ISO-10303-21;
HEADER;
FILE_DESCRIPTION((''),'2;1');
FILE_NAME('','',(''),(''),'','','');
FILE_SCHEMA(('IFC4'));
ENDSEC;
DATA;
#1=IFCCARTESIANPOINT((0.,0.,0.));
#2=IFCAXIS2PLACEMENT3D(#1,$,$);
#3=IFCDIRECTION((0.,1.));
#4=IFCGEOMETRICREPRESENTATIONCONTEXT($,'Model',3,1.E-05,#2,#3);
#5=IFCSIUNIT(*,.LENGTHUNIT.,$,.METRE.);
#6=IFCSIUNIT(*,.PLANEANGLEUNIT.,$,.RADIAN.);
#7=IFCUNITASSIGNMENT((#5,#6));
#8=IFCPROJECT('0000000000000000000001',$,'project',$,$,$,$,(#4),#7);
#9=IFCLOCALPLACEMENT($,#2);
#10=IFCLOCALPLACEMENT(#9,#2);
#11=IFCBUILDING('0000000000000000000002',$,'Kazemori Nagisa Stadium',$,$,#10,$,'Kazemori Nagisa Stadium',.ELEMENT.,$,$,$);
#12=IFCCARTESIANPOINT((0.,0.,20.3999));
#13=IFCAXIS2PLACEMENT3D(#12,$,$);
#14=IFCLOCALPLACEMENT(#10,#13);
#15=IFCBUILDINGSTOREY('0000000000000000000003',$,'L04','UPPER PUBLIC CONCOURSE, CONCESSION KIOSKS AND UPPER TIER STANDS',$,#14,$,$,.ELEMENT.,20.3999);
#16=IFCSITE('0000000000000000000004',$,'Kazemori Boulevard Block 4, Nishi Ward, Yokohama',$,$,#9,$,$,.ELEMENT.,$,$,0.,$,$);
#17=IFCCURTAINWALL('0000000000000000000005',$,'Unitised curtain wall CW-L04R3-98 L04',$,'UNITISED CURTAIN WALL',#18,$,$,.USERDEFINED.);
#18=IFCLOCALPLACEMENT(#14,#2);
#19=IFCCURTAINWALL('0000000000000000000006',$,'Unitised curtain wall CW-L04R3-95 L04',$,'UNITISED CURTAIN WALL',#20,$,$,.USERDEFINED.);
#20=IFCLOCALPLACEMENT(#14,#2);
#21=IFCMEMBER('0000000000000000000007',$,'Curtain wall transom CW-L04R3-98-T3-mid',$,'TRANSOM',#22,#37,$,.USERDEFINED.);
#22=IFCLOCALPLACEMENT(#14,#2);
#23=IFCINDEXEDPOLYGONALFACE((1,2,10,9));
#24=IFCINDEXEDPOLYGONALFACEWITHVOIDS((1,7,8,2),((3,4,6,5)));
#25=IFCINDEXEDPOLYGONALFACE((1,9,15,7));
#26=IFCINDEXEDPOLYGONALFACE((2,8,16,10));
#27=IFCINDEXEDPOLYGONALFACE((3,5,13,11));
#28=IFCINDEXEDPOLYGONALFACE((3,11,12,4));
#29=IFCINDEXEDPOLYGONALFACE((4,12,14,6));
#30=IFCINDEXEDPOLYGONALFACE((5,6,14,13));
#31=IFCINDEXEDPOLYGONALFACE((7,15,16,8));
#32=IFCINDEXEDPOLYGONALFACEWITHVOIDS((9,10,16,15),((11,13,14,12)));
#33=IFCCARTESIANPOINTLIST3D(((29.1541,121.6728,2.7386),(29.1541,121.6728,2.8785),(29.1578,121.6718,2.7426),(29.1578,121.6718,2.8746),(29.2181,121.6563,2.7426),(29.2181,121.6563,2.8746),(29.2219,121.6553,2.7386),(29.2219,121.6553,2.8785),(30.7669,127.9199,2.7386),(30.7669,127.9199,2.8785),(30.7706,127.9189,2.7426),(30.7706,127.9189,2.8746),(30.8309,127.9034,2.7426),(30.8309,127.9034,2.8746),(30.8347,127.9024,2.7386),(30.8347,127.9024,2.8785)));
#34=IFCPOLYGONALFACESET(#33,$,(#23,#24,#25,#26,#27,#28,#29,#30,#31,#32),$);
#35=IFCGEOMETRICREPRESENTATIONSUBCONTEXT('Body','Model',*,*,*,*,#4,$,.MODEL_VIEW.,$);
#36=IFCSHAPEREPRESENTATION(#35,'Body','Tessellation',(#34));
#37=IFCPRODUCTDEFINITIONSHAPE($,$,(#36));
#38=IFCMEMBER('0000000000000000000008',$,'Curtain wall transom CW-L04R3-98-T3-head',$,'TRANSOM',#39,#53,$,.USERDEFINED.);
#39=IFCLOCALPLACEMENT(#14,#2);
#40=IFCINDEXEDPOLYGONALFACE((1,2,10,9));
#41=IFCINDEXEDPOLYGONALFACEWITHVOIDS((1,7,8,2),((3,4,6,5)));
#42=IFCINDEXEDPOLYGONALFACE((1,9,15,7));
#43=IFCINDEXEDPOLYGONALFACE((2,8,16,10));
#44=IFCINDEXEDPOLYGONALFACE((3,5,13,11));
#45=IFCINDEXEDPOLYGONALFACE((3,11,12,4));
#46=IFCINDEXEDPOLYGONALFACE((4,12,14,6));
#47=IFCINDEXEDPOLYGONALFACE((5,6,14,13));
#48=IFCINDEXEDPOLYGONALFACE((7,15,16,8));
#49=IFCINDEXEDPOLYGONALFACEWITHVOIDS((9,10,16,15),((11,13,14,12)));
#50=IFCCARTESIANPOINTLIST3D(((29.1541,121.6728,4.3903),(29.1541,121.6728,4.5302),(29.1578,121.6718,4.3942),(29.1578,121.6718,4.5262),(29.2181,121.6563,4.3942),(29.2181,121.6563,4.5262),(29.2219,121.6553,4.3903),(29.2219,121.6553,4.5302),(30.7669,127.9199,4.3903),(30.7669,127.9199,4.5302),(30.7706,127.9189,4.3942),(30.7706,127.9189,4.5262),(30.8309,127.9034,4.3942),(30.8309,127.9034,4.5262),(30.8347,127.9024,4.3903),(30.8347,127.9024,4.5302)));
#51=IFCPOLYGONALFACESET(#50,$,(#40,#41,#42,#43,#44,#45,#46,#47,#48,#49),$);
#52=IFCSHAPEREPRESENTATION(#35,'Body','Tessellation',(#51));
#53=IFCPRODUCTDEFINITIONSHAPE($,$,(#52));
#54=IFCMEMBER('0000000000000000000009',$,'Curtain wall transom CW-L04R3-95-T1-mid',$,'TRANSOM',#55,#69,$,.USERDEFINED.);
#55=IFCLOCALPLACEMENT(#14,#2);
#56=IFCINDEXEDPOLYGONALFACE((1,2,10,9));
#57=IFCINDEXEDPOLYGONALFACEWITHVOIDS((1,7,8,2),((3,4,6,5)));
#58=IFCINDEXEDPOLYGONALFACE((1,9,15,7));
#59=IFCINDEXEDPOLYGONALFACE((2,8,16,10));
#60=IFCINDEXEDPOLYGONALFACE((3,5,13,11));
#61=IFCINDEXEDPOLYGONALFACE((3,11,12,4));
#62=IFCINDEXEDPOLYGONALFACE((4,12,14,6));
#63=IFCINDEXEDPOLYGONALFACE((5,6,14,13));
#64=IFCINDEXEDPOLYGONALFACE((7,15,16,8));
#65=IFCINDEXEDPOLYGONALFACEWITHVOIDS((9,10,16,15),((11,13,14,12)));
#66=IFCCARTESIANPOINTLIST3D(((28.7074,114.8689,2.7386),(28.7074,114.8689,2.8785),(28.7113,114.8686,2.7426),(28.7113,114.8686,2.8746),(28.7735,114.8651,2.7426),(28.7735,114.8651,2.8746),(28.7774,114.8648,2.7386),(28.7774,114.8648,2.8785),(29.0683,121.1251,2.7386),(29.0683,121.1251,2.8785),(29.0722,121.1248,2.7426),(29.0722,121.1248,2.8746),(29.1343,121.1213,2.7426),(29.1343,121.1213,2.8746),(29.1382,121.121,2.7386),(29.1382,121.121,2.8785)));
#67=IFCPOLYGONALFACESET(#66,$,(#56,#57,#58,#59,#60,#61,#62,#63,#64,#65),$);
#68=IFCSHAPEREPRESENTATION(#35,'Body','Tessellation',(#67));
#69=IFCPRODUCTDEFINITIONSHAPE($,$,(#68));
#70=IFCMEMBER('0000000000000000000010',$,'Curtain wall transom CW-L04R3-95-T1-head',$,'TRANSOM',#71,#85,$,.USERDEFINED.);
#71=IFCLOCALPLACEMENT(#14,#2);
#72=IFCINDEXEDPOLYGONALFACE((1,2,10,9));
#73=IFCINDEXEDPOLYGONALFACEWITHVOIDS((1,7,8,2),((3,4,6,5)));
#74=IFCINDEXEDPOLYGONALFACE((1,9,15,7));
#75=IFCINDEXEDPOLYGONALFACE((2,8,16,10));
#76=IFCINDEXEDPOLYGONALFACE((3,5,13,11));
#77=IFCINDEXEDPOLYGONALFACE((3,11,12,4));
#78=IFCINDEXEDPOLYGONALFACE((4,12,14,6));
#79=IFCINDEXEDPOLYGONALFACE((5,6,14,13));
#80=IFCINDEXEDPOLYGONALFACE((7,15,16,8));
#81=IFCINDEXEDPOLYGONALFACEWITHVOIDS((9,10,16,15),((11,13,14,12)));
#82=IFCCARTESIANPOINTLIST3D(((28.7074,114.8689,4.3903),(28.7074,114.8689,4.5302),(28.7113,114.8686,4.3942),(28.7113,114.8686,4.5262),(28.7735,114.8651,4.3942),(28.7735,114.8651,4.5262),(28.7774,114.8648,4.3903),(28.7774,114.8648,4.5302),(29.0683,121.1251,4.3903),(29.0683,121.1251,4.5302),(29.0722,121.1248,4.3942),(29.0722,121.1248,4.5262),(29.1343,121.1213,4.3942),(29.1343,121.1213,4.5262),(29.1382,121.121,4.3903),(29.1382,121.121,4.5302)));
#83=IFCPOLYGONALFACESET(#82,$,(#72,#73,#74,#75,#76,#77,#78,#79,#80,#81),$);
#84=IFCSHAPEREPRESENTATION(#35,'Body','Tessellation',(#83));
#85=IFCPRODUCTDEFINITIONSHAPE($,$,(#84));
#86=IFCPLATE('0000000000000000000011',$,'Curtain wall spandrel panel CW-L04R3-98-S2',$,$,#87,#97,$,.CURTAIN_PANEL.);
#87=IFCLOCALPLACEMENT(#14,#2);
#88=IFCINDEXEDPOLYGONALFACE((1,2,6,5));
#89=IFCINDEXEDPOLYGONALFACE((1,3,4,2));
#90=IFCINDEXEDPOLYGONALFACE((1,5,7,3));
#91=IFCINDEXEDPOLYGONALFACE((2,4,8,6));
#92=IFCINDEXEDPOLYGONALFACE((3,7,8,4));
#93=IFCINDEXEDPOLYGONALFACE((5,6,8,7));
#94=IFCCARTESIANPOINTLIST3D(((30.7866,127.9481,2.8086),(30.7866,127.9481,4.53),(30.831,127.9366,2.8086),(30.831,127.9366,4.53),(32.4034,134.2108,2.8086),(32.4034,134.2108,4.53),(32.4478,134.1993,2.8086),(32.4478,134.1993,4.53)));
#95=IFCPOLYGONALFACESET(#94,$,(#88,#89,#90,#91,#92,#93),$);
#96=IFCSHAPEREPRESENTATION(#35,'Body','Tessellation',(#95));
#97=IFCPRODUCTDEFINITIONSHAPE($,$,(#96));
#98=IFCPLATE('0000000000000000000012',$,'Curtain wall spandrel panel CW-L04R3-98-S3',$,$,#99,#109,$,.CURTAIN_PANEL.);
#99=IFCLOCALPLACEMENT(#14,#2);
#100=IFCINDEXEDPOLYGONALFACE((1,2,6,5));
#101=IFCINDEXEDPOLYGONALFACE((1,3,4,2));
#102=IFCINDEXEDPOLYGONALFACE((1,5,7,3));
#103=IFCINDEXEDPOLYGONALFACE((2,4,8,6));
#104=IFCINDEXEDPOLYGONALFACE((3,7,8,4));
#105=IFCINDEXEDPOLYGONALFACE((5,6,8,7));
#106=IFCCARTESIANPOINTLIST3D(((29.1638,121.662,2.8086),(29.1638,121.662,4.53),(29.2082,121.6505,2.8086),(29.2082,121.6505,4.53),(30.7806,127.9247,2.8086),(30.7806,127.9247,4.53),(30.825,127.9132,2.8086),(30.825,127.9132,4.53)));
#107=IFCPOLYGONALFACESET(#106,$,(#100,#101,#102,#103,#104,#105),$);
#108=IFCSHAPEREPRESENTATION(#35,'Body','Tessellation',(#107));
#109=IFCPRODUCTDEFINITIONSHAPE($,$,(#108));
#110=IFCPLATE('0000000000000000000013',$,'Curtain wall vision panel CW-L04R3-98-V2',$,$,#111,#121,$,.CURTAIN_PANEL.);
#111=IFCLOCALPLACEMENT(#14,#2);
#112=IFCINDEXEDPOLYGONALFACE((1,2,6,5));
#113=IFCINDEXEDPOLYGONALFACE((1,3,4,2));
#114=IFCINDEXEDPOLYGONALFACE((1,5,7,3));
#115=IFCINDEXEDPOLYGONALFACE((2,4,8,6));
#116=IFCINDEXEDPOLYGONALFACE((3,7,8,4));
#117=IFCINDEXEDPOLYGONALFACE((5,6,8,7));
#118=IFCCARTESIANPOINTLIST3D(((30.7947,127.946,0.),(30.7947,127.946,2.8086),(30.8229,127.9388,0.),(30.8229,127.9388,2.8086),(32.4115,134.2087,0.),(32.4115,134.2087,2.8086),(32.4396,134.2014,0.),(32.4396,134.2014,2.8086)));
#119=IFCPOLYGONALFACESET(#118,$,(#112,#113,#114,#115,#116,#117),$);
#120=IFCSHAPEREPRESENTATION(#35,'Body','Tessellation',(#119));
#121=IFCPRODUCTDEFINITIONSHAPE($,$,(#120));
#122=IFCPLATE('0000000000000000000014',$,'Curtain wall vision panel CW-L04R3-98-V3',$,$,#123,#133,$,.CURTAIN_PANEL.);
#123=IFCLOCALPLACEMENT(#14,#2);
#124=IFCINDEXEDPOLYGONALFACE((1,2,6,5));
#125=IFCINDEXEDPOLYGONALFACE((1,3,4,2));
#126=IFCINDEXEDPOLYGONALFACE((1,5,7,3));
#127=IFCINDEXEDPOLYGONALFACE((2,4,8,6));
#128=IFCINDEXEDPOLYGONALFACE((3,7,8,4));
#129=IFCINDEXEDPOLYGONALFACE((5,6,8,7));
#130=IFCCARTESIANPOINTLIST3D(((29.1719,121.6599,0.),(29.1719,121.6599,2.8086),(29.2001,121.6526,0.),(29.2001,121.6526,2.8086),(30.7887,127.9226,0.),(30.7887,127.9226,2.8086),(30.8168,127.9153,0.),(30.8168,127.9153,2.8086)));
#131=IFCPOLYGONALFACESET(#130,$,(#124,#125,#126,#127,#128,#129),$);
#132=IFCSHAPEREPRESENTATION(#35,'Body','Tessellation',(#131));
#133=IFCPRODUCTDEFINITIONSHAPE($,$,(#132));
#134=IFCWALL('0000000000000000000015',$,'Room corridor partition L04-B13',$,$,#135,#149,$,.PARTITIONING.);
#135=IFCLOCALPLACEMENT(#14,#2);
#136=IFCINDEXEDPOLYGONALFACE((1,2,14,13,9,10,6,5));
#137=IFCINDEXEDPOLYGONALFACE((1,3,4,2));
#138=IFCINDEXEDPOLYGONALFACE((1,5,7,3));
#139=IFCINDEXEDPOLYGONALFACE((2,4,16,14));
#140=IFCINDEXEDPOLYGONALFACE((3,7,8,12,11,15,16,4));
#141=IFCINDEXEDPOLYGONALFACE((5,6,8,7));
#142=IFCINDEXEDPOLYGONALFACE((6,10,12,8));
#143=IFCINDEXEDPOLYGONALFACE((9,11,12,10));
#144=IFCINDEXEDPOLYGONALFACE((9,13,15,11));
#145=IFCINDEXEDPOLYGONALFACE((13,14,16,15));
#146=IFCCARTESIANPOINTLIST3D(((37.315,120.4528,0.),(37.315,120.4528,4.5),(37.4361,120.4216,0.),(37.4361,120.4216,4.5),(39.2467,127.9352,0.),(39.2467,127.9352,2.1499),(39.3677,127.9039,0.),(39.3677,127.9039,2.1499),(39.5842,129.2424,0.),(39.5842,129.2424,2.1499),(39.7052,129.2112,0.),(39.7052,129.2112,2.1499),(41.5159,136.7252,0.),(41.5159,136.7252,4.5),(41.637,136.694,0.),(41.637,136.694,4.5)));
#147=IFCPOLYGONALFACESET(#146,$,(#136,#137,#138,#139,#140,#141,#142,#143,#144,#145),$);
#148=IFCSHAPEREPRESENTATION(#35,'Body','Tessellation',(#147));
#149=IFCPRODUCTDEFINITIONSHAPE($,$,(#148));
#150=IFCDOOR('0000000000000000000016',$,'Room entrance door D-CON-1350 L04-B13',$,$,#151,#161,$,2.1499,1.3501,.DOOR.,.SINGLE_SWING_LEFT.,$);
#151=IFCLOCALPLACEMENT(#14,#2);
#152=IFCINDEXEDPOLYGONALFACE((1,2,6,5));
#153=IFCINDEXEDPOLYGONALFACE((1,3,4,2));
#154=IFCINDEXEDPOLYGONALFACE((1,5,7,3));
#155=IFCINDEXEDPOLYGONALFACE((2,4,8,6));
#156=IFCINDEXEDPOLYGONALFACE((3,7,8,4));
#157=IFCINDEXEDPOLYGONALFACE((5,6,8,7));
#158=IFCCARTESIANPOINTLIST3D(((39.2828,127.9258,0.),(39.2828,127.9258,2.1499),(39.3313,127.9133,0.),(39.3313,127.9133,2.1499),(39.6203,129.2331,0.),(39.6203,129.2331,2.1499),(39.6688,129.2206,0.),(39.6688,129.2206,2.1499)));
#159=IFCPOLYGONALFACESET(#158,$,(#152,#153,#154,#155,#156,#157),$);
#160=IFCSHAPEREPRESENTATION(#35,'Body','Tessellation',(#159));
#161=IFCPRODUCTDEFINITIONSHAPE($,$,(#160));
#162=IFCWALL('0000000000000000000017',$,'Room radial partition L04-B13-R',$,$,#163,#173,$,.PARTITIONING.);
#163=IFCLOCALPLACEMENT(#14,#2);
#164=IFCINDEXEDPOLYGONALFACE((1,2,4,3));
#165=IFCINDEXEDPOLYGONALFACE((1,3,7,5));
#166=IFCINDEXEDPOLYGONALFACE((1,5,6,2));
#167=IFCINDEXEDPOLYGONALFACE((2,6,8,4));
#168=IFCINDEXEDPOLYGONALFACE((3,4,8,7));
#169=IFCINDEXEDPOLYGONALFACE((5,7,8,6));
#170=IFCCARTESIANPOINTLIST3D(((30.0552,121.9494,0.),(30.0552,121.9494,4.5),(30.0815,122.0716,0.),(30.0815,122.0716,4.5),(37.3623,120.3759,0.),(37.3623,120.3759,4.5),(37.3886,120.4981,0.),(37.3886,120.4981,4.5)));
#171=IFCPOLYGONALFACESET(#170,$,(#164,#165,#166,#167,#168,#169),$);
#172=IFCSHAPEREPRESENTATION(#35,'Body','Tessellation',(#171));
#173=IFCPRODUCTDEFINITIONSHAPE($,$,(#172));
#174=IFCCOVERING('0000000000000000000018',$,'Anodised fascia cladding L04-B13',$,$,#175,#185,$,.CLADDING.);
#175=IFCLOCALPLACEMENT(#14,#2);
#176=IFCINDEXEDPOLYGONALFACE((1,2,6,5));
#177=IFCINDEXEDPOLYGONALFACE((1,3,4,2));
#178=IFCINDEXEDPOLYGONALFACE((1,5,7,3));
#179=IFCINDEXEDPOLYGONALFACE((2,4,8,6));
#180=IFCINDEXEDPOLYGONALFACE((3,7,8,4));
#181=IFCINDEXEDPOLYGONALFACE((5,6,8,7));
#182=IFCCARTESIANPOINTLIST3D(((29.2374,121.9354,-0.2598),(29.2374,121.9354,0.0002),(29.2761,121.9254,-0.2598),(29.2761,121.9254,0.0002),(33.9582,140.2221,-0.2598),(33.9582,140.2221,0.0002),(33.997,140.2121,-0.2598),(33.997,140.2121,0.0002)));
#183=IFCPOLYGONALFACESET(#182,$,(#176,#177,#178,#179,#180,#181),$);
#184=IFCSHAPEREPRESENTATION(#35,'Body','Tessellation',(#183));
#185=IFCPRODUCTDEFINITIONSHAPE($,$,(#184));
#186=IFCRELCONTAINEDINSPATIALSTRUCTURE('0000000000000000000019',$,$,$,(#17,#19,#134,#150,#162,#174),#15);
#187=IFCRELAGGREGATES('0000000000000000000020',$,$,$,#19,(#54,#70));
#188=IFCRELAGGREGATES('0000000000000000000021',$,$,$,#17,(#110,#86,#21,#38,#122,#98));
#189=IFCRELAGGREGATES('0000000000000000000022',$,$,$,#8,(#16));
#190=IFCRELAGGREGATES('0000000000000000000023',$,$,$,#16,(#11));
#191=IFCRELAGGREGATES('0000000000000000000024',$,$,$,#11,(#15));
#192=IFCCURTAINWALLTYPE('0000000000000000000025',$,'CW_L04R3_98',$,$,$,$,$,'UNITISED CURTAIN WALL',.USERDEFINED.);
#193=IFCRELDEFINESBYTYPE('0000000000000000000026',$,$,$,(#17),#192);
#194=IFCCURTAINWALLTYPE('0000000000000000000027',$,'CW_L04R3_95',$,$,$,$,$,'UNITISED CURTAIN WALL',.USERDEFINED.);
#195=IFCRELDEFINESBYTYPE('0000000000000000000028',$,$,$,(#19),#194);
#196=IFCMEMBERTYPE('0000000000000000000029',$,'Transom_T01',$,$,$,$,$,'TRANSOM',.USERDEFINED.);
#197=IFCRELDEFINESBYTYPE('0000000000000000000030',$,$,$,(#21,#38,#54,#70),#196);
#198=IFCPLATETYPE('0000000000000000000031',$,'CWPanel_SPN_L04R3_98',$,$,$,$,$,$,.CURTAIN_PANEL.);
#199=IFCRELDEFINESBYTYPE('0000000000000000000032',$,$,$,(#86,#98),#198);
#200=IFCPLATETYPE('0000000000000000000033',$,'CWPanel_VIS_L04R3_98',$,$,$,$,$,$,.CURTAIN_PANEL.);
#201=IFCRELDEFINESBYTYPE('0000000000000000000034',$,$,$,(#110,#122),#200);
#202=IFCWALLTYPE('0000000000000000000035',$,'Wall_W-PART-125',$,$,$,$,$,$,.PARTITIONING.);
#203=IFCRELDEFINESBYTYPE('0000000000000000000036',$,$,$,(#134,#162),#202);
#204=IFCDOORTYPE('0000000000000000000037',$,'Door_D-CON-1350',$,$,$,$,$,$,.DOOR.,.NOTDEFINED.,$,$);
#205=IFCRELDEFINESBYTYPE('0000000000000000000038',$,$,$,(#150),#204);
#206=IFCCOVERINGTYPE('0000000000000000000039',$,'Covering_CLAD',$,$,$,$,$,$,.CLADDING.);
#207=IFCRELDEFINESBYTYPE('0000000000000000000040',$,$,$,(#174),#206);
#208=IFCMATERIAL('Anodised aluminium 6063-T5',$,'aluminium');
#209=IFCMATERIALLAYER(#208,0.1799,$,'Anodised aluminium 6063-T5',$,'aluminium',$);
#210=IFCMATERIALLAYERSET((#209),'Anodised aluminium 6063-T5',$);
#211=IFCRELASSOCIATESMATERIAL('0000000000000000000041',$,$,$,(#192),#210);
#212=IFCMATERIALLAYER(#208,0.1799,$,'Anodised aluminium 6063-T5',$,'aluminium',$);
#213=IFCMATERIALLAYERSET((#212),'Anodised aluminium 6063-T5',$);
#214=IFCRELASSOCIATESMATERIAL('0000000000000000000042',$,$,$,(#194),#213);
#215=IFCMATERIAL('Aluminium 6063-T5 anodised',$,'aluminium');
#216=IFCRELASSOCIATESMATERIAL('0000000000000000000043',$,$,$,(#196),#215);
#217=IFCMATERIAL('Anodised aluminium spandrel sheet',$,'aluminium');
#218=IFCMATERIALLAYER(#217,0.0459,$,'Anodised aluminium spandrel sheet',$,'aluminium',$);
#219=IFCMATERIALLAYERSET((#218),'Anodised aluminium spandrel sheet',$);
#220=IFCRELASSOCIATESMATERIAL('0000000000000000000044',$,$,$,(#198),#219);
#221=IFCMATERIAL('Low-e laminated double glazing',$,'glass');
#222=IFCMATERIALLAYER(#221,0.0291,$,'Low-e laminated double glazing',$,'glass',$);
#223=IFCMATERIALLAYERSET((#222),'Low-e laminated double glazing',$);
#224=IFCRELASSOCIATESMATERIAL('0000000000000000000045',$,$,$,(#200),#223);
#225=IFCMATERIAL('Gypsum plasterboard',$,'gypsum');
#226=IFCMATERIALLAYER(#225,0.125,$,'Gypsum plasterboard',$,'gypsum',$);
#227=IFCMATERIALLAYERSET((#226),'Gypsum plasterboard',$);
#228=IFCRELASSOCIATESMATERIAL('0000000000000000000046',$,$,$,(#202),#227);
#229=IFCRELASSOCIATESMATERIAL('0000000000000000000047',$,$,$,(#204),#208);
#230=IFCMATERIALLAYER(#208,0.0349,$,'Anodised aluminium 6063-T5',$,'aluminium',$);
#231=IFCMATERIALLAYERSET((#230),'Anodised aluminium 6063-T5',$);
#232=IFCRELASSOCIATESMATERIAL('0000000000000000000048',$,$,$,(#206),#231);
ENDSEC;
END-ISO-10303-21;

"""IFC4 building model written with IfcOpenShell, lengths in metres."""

from ifc_helpers import new_model, si_unit, direction, frame, frame_2d, origin, origin_2d, place, context, subcontext, project, spatial, rectangle, hollow_rectangle, extrude, material, layer, layer_set, material_profile, profile_set, type_object, element, fill, aggregate, save


model = new_model("IFC4")

# Units and contexts
model_context = context("Model", 3, precision=1e-05, world=origin(), true_north=direction((0.0, 1.0)))
body_context = subcontext(model_context, "Body", "Model", "MODEL_VIEW")
ifc_project = project(units=[si_unit("LENGTHUNIT", "METRE"), si_unit("PLANEANGLEUNIT", "RADIAN")], contexts=[model_context])

# Site, building, storey
site_placement = place(None, origin())
site = spatial("IfcSite", under=ifc_project, at=site_placement, Name="Kazemori Boulevard Block 4, Nishi Ward, Yokohama", CompositionType="ELEMENT", RefElevation=0.0)
building_placement = place(site_placement, origin())
building = spatial("IfcBuilding", under=site, at=building_placement, Name="Kazemori Nagisa Stadium", LongName="Kazemori Nagisa Stadium", CompositionType="ELEMENT")
storey_placement = place(building_placement, frame((0.0, 0.0, 20.3999)))
storey = spatial("IfcBuildingStorey", under=building, at=storey_placement, Name="L04", Description="UPPER PUBLIC CONCOURSE, CONCESSION KIOSKS AND UPPER TIER STANDS", CompositionType="ELEMENT", Elevation=20.3999)

# Curtain wall
ifc_material_1 = material(Name="Anodised aluminium 6063-T5", Category="aluminium")
ifc_layer_1 = layer(ifc_material_1, 0.1799, Name="Anodised aluminium 6063-T5", Category="aluminium")
ifc_layer_set_1 = layer_set([ifc_layer_1], Name="Anodised aluminium 6063-T5")
curtain_wall_type_1 = type_object("IfcCurtainWallType", Name="CW_L04R3_98", ElementType="UNITISED CURTAIN WALL", PredefinedType="USERDEFINED", material=ifc_layer_set_1)
curtain_wall_1_placement = place(storey_placement, origin())
curtain_wall_1 = element("IfcCurtainWall", 1, at=curtain_wall_1_placement, inside=storey, type_object=curtain_wall_type_1, Name="Unitised curtain wall CW-L04R3-98 L04", ObjectType="UNITISED CURTAIN WALL", PredefinedType="USERDEFINED")
ifc_material_2 = material(Name="Aluminium 6063-T5 anodised", Category="aluminium")

# Curtain wall
ifc_layer_2 = layer(ifc_material_1, 0.1799, Name="Anodised aluminium 6063-T5", Category="aluminium")
ifc_layer_set_2 = layer_set([ifc_layer_2], Name="Anodised aluminium 6063-T5")
curtain_wall_type_2 = type_object("IfcCurtainWallType", Name="CW_L04R3_95", ElementType="UNITISED CURTAIN WALL", PredefinedType="USERDEFINED", material=ifc_layer_set_2)
curtain_wall_2_placement = place(storey_placement, origin())
curtain_wall_2 = element("IfcCurtainWall", 2, at=curtain_wall_2_placement, inside=storey, type_object=curtain_wall_type_2, Name="Unitised curtain wall CW-L04R3-95 L04", ObjectType="UNITISED CURTAIN WALL", PredefinedType="USERDEFINED")

# Members
ifc_material_profile_1 = material_profile(ifc_material_2, hollow_rectangle(XDim=0.0701, YDim=0.1399, WallThickness=0.0039, at=origin_2d()), Name="ALU-TRAN-70x140x4")
ifc_profile_set_1 = profile_set([ifc_material_profile_1], Name="Aluminium 6063-T5 anodised")
member_type_1 = type_object("IfcMemberType", Name="Transom_T01", ElementType="TRANSOM", PredefinedType="USERDEFINED", material=ifc_profile_set_1)
member_1_placement = place(storey_placement, frame((30.8008, 127.9111, 2.8086), z_axis=(-0.249972, -0.968253, 0.0), x_axis=(0.968253, -0.249972, 0.0)))
member_1 = element("IfcMember", 3, at=member_1_placement, type_object=member_type_1, Name="Curtain wall transom CW-L04R3-98-T3-mid", ObjectType="TRANSOM", PredefinedType="USERDEFINED", context=body_context, shape_type="SweptSolid", body=[
    extrude(hollow_rectangle(XDim=0.0701, YDim=0.1399, WallThickness=0.0039, at=origin_2d()), origin(), (0.0, 0.0, 1.0), 6.4519),
])
member_2_placement = place(storey_placement, frame((30.8008, 127.9111, 4.4602), z_axis=(-0.249972, -0.968253, 0.0), x_axis=(0.968253, -0.249972, 0.0)))
member_2 = element("IfcMember", 4, at=member_2_placement, type_object=member_type_1, Name="Curtain wall transom CW-L04R3-98-T3-head", ObjectType="TRANSOM", PredefinedType="USERDEFINED", context=body_context, shape_type="SweptSolid", body=[
    extrude(hollow_rectangle(XDim=0.0701, YDim=0.1399, WallThickness=0.0039, at=origin_2d()), origin(), (0.0, 0.0, 1.0), 6.4519),
])
member_3_placement = place(storey_placement, frame((29.1033, 121.123, 2.8086), z_axis=(-0.057582, -0.998341, 0.0), x_axis=(0.998341, -0.057582, 0.0)))
member_3 = element("IfcMember", 5, at=member_3_placement, type_object=member_type_1, Name="Curtain wall transom CW-L04R3-95-T1-mid", ObjectType="TRANSOM", PredefinedType="USERDEFINED", context=body_context, shape_type="SweptSolid", body=[
    extrude(hollow_rectangle(XDim=0.0701, YDim=0.1399, WallThickness=0.0039, at=origin_2d()), origin(), (0.0, 0.0, 1.0), 6.2666),
])
member_4_placement = place(storey_placement, frame((29.1033, 121.123, 4.4602), z_axis=(-0.057582, -0.998341, 0.0), x_axis=(0.998341, -0.057582, 0.0)))
member_4 = element("IfcMember", 6, at=member_4_placement, type_object=member_type_1, Name="Curtain wall transom CW-L04R3-95-T1-head", ObjectType="TRANSOM", PredefinedType="USERDEFINED", context=body_context, shape_type="SweptSolid", body=[
    extrude(hollow_rectangle(XDim=0.0701, YDim=0.1399, WallThickness=0.0039, at=origin_2d()), origin(), (0.0, 0.0, 1.0), 6.2666),
])
aggregate(curtain_wall_2, [member_3, member_4])

# Plates
ifc_material_3 = material(Name="Anodised aluminium spandrel sheet", Category="aluminium")
ifc_layer_3 = layer(ifc_material_3, 0.0459, Name="Anodised aluminium spandrel sheet", Category="aluminium")
ifc_layer_set_3 = layer_set([ifc_layer_3], Name="Anodised aluminium spandrel sheet")
plate_type_1 = type_object("IfcPlateType", Name="CWPanel_SPN_L04R3_98", PredefinedType="CURTAIN_PANEL", material=ifc_layer_set_3)
plate_1_placement = place(storey_placement, frame((31.6172, 131.0737, 2.8086), z_axis=(0.0, 0.0, 1.0), x_axis=(-0.249965, -0.968255, 0.0)))
plate_1 = element("IfcPlate", 7, at=plate_1_placement, type_object=plate_type_1, Name="Curtain wall spandrel panel CW-L04R3-98-S2", PredefinedType="CURTAIN_PANEL", context=body_context, shape_type="SweptSolid", body=[
    extrude(rectangle(XDim=6.468, YDim=0.0459, at=origin_2d()), origin(), (0.0, 0.0, 1.0), 1.7214),
])
plate_2_placement = place(storey_placement, frame((29.9944, 124.7876, 2.8086), z_axis=(0.0, 0.0, 1.0), x_axis=(-0.249965, -0.968255, 0.0)))
plate_2 = element("IfcPlate", 8, at=plate_2_placement, type_object=plate_type_1, Name="Curtain wall spandrel panel CW-L04R3-98-S3", PredefinedType="CURTAIN_PANEL", context=body_context, shape_type="SweptSolid", body=[
    extrude(rectangle(XDim=6.468, YDim=0.0459, at=origin_2d()), origin(), (0.0, 0.0, 1.0), 1.7214),
])
ifc_material_4 = material(Name="Low-e laminated double glazing", Category="glass")
ifc_layer_4 = layer(ifc_material_4, 0.0291, Name="Low-e laminated double glazing", Category="glass")
ifc_layer_set_4 = layer_set([ifc_layer_4], Name="Low-e laminated double glazing")
plate_type_2 = type_object("IfcPlateType", Name="CWPanel_VIS_L04R3_98", PredefinedType="CURTAIN_PANEL", material=ifc_layer_set_4)
plate_3_placement = place(storey_placement, frame((31.6172, 131.0737, 0.0), z_axis=(0.0, 0.0, 1.0), x_axis=(-0.249965, -0.968255, 0.0)))
plate_3 = element("IfcPlate", 9, at=plate_3_placement, type_object=plate_type_2, Name="Curtain wall vision panel CW-L04R3-98-V2", PredefinedType="CURTAIN_PANEL", context=body_context, shape_type="SweptSolid", body=[
    extrude(rectangle(XDim=6.468, YDim=0.0291, at=origin_2d()), origin(), (0.0, 0.0, 1.0), 2.8086),
])
plate_4_placement = place(storey_placement, frame((29.9944, 124.7876, 0.0), z_axis=(0.0, 0.0, 1.0), x_axis=(-0.249965, -0.968255, 0.0)))
plate_4 = element("IfcPlate", 10, at=plate_4_placement, type_object=plate_type_2, Name="Curtain wall vision panel CW-L04R3-98-V3", PredefinedType="CURTAIN_PANEL", context=body_context, shape_type="SweptSolid", body=[
    extrude(rectangle(XDim=6.468, YDim=0.0291, at=origin_2d()), origin(), (0.0, 0.0, 1.0), 2.8086),
])
aggregate(curtain_wall_1, [plate_3, plate_1, member_1, member_2, plate_4, plate_2])

# Wall, opening, door
ifc_material_5 = material(Name="Gypsum plasterboard", Category="gypsum")
ifc_layer_5 = layer(ifc_material_5, 0.125, Name="Gypsum plasterboard", Category="gypsum")
ifc_layer_set_5 = layer_set([ifc_layer_5], Name="Gypsum plasterboard")
wall_type = type_object("IfcWallType", Name="Wall_W-PART-125", PredefinedType="PARTITIONING", material=ifc_layer_set_5)
wall_1_placement = place(storey_placement, frame((41.5764, 136.7095, 0.0), z_axis=(0.0, 0.0, 1.0), x_axis=(-0.249966, -0.968255, 0.0)))
wall_1 = element("IfcWall", 11, at=wall_1_placement, inside=storey, type_object=wall_type, Name="Room corridor partition L04-B13", PredefinedType="PARTITIONING", context=body_context, shape_type="SweptSolid", body=[
    extrude(rectangle(XDim=16.8059, YDim=0.125, at=frame_2d((8.4028, 0.0))), origin(), (0.0, 0.0, 1.0), 4.5),
])
opening_placement = place(wall_1_placement, frame((7.728, 0.0, 0.0)))
opening = element("IfcOpeningElement", 12, at=opening_placement, cuts=wall_1, PredefinedType="OPENING", context=body_context, shape_type="SweptSolid", body=[
    extrude(rectangle(XDim=1.3501, YDim=2.1499, at=frame_2d((0.675, 1.075))), frame((0.0, 0.0725, 0.0), z_axis=(0.0, -1.0, 0.0), x_axis=(1.0, 0.0, 0.0)), (0.0, 0.0, 1.0), 0.145),
])
door_type = type_object("IfcDoorType", Name="Door_D-CON-1350", OperationType="NOTDEFINED", PredefinedType="DOOR", material=ifc_material_1)
door_placement = place(opening_placement, origin())
door = element("IfcDoor", 13, at=door_placement, inside=storey, type_object=door_type, Name="Room entrance door D-CON-1350 L04-B13", OperationType="SINGLE_SWING_LEFT", OverallHeight=2.1499, OverallWidth=1.3501, PredefinedType="DOOR", context=body_context, shape_type="SweptSolid", body=[
    extrude(rectangle(XDim=1.3501, YDim=2.1499, at=frame_2d((0.675, 1.075))), frame((0.0, 0.0249, 0.0), z_axis=(0.0, -1.0, 0.0), x_axis=(1.0, 0.0, 0.0)), (0.0, 0.0, 1.0), 0.05),
])
fill(opening, door)

# Wall
wall_2_placement = place(storey_placement, frame((37.3755, 120.437, 0.0), z_axis=(0.0, 0.0, 1.0), x_axis=(-0.977592, 0.21051, 0.0)))
element("IfcWall", 14, at=wall_2_placement, inside=storey, type_object=wall_type, Name="Room radial partition L04-B13-R", PredefinedType="PARTITIONING", context=body_context, shape_type="SweptSolid", body=[
    extrude(rectangle(XDim=7.4746, YDim=0.125, at=frame_2d((3.7373, 0.0))), origin(), (0.0, 0.0, 1.0), 4.5),
])

# Covering
ifc_layer_6 = layer(ifc_material_1, 0.0349, Name="Anodised aluminium 6063-T5", Category="aluminium")
ifc_layer_set_6 = layer_set([ifc_layer_6], Name="Anodised aluminium 6063-T5")
covering_type = type_object("IfcCoveringType", Name="Covering_CLAD", PredefinedType="CLADDING", material=ifc_layer_set_6)
covering_placement = place(storey_placement, frame((31.6172, 131.0737, -0.2598), z_axis=(0.0, 0.0, 1.0), x_axis=(-0.249965, -0.968255, 0.0)))
element("IfcCovering", 15, at=covering_placement, inside=storey, type_object=covering_type, Name="Anodised fascia cladding L04-B13", PredefinedType="CLADDING", context=body_context, shape_type="SweptSolid", body=[
    extrude(rectangle(XDim=18.8862, YDim=0.04, at=origin_2d()), origin(), (0.0, 0.0, 1.0), 0.26),
])

save(model, "model.ifc")
